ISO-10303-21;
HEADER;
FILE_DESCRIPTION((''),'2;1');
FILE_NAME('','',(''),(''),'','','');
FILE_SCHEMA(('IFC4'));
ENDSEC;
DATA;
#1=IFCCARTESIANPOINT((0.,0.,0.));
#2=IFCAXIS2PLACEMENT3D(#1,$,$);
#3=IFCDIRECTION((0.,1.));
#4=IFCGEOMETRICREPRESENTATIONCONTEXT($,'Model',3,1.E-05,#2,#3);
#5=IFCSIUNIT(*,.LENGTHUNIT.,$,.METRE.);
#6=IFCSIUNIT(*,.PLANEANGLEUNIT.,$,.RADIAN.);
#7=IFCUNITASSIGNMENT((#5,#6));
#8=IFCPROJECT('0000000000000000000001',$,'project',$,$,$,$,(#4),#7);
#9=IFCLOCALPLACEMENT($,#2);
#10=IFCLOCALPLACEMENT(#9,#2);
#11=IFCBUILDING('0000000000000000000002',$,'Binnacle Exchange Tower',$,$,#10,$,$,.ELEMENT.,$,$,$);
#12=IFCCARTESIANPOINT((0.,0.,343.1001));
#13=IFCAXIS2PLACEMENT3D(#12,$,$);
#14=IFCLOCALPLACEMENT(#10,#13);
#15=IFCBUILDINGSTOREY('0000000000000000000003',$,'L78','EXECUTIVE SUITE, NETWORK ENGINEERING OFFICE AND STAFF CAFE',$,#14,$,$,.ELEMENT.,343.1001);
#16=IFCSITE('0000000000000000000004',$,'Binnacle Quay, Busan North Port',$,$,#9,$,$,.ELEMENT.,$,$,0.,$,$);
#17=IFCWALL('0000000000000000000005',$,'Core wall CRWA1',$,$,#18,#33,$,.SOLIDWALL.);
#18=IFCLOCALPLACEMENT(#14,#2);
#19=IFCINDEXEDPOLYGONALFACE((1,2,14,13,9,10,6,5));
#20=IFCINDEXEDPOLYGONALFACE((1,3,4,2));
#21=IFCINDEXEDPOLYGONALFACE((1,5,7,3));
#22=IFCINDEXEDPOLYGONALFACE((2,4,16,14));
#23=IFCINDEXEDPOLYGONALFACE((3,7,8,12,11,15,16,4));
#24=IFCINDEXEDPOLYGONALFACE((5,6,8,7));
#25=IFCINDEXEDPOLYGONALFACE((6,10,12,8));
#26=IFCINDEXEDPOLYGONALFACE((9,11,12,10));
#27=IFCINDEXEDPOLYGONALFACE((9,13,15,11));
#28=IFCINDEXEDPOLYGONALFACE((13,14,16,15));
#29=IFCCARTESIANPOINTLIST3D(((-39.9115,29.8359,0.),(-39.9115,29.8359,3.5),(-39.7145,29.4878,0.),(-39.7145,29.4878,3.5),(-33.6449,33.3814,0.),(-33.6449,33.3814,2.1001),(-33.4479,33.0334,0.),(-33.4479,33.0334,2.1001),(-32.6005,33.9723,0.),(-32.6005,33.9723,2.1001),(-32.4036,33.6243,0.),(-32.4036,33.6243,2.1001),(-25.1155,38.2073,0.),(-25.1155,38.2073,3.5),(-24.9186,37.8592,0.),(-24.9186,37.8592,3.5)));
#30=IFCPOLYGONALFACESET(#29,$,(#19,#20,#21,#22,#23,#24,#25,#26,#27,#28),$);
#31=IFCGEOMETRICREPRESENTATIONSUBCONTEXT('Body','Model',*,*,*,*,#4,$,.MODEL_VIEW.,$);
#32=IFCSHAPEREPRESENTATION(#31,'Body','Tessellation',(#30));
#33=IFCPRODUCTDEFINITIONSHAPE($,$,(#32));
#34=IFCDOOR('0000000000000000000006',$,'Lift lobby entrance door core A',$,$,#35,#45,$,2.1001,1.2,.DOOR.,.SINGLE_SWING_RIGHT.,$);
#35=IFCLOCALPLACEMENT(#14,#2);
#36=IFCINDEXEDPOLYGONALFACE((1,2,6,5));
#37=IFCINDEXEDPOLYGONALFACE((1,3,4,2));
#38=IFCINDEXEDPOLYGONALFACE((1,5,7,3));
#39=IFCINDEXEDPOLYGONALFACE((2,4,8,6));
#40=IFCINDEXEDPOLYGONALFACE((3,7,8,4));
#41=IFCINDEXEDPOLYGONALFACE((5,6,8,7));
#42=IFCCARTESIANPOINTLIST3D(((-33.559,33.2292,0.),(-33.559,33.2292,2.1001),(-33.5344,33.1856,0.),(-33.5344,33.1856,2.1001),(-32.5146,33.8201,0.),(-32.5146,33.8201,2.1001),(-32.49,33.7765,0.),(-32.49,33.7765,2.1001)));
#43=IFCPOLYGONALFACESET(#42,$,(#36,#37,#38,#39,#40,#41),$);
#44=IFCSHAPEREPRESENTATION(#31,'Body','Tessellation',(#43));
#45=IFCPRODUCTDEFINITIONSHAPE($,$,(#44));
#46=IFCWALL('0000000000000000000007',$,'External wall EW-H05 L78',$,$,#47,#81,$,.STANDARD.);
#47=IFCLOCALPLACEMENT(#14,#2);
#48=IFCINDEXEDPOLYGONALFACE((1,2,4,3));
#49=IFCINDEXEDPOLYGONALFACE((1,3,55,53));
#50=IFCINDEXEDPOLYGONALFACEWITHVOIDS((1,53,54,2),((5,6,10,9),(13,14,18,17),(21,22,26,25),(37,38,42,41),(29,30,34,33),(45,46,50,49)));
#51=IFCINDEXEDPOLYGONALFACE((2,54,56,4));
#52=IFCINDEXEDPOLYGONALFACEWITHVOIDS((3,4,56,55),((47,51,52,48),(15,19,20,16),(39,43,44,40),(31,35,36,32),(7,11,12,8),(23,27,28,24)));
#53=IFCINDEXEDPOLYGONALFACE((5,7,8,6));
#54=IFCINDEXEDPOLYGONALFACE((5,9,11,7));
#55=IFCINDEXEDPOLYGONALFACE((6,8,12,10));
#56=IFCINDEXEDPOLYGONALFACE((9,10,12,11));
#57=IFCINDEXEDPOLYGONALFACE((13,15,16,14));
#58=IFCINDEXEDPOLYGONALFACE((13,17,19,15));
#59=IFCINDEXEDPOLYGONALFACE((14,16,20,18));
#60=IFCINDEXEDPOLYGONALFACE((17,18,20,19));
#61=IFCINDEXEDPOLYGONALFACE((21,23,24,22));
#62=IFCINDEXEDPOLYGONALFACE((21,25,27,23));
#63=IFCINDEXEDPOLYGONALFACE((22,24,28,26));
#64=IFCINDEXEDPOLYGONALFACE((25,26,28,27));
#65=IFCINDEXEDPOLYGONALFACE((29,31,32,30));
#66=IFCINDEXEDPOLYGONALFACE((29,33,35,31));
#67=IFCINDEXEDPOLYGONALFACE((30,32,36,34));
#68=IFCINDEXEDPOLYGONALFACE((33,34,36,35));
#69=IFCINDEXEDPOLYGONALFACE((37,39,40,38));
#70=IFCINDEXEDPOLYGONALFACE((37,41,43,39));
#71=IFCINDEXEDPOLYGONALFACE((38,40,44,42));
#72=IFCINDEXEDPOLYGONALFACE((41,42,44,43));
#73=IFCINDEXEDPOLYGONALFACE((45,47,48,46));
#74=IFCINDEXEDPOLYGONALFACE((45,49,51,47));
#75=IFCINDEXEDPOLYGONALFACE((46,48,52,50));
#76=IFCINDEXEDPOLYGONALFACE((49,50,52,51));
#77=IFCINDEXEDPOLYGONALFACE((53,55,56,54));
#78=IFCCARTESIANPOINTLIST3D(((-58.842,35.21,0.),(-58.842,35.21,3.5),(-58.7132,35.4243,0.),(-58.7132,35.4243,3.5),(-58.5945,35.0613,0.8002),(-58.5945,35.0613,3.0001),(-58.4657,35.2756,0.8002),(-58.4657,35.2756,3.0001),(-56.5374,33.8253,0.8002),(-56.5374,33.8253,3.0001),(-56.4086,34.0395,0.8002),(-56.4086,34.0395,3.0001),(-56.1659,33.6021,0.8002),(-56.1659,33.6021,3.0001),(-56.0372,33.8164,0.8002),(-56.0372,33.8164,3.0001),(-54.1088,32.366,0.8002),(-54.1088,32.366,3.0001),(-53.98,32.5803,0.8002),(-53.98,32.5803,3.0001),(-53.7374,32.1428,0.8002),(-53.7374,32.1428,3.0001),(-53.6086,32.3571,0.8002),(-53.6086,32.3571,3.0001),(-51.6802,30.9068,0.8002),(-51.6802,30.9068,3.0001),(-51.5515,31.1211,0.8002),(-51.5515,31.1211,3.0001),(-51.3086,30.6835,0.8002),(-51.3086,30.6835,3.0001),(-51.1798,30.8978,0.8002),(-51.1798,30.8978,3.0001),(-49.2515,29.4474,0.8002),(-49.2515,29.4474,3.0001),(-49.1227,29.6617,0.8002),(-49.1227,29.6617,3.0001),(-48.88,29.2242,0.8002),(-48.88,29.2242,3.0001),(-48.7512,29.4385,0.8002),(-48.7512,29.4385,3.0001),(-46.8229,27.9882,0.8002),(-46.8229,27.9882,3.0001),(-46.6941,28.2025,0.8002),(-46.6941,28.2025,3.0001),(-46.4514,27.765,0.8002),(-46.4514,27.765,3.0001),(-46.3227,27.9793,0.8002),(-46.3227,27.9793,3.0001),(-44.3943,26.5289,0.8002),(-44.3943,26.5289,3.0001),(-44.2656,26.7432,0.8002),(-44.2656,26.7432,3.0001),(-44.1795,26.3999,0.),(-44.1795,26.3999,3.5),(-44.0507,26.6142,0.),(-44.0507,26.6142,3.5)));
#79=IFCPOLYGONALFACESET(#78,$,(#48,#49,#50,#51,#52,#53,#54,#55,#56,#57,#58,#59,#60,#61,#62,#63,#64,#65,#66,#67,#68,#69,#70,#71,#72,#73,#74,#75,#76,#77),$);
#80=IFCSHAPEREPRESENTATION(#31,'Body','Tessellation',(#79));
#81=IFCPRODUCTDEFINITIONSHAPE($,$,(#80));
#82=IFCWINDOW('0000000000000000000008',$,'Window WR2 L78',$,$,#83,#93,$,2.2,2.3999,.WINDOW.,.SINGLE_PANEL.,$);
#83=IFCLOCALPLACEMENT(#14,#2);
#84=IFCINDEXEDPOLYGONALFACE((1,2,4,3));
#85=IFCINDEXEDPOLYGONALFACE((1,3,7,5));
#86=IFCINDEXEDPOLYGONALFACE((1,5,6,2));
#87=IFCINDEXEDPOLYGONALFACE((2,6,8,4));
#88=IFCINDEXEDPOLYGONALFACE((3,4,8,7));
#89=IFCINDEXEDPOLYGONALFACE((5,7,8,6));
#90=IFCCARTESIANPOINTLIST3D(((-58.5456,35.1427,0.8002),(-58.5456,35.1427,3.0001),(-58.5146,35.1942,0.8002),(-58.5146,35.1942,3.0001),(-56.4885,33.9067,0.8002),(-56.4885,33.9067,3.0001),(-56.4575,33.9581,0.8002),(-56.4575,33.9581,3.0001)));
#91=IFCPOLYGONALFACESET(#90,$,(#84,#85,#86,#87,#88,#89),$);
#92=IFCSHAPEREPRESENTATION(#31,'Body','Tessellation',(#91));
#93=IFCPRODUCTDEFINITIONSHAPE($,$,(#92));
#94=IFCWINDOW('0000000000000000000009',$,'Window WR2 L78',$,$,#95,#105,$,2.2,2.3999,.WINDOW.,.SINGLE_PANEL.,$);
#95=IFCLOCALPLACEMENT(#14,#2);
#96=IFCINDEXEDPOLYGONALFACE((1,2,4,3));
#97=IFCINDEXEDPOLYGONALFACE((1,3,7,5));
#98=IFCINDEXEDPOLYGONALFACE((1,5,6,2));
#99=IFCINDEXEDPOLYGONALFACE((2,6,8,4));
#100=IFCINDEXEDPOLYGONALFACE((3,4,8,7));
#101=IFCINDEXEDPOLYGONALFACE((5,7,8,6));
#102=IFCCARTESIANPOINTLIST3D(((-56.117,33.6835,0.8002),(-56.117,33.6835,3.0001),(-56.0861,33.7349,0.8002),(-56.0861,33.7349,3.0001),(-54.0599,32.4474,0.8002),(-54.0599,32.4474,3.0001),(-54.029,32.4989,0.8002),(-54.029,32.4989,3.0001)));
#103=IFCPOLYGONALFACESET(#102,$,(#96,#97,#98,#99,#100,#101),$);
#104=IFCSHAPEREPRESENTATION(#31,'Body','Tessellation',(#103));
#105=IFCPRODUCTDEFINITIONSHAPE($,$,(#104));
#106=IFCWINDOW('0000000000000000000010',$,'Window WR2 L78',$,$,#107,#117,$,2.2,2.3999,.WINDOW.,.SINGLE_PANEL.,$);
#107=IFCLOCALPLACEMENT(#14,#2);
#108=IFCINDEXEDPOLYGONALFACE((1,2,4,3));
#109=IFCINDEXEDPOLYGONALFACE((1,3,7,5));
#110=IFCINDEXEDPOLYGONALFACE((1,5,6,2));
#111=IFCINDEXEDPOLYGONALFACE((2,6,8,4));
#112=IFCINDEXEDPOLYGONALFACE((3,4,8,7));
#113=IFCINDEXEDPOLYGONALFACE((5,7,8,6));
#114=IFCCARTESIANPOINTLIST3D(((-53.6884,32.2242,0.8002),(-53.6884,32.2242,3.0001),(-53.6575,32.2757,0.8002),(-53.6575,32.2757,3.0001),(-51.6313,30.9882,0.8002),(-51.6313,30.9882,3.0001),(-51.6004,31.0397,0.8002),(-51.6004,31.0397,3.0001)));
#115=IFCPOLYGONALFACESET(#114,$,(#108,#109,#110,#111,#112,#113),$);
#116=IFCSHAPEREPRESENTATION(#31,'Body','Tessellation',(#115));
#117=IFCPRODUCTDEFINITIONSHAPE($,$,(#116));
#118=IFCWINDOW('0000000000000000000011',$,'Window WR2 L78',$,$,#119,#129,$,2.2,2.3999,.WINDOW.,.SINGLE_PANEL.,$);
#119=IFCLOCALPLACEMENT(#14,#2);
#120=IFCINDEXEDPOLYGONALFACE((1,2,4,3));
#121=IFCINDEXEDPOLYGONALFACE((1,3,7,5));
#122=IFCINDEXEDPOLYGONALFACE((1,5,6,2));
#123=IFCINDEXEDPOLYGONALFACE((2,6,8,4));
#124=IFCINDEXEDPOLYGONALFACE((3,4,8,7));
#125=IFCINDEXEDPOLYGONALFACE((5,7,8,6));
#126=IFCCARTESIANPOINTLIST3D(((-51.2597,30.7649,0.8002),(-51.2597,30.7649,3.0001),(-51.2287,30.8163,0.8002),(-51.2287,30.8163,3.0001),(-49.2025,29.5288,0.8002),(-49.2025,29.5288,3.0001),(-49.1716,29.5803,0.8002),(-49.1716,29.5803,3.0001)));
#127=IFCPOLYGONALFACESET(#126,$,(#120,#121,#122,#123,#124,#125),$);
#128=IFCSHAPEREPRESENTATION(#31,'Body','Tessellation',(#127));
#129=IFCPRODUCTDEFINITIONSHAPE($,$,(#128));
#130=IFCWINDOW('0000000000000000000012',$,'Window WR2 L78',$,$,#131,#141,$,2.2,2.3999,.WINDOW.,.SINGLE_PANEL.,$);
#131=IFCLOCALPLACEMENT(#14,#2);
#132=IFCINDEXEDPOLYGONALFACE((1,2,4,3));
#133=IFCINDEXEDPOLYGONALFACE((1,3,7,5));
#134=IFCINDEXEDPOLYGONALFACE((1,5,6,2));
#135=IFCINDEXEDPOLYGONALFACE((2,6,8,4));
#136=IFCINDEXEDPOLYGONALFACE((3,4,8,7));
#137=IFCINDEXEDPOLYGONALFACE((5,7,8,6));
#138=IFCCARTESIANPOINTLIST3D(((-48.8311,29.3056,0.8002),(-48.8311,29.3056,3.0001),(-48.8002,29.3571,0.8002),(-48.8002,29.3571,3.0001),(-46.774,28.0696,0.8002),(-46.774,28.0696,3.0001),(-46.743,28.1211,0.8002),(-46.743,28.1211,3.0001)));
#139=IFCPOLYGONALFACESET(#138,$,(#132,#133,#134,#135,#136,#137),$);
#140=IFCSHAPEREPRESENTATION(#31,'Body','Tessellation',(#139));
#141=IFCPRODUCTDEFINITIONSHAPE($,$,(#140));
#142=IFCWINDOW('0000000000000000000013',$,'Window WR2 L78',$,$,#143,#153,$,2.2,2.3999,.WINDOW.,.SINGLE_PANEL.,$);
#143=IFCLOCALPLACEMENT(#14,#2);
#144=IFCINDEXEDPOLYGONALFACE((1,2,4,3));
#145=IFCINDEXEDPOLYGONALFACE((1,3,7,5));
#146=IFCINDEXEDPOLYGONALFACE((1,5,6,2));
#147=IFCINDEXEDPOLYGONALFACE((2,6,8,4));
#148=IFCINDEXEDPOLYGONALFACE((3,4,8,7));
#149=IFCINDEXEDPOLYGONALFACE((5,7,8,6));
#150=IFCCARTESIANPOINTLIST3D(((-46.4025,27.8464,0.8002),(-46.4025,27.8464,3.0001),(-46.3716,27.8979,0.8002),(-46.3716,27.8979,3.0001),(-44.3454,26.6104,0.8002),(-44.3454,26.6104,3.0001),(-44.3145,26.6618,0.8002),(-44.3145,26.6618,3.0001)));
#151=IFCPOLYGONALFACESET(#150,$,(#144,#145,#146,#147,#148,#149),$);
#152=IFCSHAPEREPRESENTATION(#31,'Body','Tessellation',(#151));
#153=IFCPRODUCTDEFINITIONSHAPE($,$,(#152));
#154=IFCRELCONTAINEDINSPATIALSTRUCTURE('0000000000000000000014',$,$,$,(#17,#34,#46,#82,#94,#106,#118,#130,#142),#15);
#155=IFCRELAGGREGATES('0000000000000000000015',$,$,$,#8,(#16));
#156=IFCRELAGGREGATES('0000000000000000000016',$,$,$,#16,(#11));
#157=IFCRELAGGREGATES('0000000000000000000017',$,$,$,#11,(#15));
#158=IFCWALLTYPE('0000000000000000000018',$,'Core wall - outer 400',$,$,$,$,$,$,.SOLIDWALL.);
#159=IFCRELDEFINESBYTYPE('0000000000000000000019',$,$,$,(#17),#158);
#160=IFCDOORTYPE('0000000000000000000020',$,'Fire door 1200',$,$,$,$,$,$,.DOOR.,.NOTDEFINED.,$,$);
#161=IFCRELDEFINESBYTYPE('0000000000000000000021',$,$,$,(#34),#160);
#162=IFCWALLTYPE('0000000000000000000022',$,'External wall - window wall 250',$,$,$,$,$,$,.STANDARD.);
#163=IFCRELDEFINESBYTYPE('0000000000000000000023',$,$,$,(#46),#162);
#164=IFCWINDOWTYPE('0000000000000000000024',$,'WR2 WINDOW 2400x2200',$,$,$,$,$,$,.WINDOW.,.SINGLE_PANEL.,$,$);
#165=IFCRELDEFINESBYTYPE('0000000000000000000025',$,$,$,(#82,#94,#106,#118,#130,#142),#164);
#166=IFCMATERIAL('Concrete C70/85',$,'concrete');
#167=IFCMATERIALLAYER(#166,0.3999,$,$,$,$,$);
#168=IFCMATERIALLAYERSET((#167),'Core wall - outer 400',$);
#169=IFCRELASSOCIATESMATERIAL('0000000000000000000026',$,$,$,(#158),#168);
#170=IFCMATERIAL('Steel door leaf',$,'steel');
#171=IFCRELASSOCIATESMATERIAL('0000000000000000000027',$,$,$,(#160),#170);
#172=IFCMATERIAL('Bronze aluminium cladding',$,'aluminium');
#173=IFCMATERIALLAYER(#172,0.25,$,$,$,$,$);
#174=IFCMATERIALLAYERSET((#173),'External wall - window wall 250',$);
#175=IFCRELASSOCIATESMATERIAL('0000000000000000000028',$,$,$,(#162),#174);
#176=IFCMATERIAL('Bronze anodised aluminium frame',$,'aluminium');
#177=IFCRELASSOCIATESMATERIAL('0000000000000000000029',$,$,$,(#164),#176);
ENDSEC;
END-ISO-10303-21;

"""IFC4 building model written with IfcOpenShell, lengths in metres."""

from ifc_helpers import new_model, si_unit, direction, frame, frame_2d, origin, place, context, subcontext, project, spatial, rectangle, extrude, material, layer, layer_set, type_object, element, fill, save


model = new_model("IFC4")

# Units and contexts
model_context = context("Model", 3, precision=1e-05, world=origin(), true_north=direction((0.0, 1.0)))
body_context = subcontext(model_context, "Body", "Model", "MODEL_VIEW")
ifc_project = project(units=[si_unit("LENGTHUNIT", "METRE"), si_unit("PLANEANGLEUNIT", "RADIAN")], contexts=[model_context])

# Site, building, storey
site_placement = place(None, origin())
site = spatial("IfcSite", under=ifc_project, at=site_placement, Name="Binnacle Quay, Busan North Port", CompositionType="ELEMENT", RefElevation=0.0)
building_placement = place(site_placement, origin())
building = spatial("IfcBuilding", under=site, at=building_placement, Name="Binnacle Exchange Tower", CompositionType="ELEMENT")
storey_placement = place(building_placement, frame((0.0, 0.0, 343.1001)))
storey = spatial("IfcBuildingStorey", under=building, at=storey_placement, Name="L78", Description="EXECUTIVE SUITE, NETWORK ENGINEERING OFFICE AND STAFF CAFE", CompositionType="ELEMENT", Elevation=343.1001)

# Shared definitions
ifc_material_1 = material(Name="Concrete C70/85", Category="concrete")
ifc_material_2 = material(Name="Steel door leaf", Category="steel")

# Wall, opening, door
ifc_layer_1 = layer(ifc_material_1, 0.3999)
ifc_layer_set_1 = layer_set([ifc_layer_1], Name="Core wall - outer 400")
wall_type_1 = type_object("IfcWallType", Name="Core wall - outer 400", PredefinedType="SOLIDWALL", material=ifc_layer_set_1)
wall_1_placement = place(storey_placement, frame((-39.813, 29.6619, 0.0), z_axis=(0.0, 0.0, 1.0), x_axis=(0.87035, 0.492433, 0.0)))
wall_1 = element("IfcWall", 1, at=wall_1_placement, inside=storey, type_object=wall_type_1, Name="Core wall CRWA1", PredefinedType="SOLIDWALL", context=body_context, shape_type="SweptSolid", body=[
    extrude(rectangle(XDim=17.0, YDim=0.3999, at=frame_2d((8.5, 0.0))), origin(), (0.0, 0.0, 1.0), 3.5),
])
opening_1_placement = place(wall_1_placement, frame((7.2, 0.0, 0.0)))
opening_1 = element("IfcOpeningElement", 2, at=opening_1_placement, cuts=wall_1, PredefinedType="OPENING", context=body_context, shape_type="SweptSolid", body=[
    extrude(rectangle(XDim=1.2, YDim=2.1001, at=frame_2d((0.6001, 1.05))), frame((0.0, 0.21, 0.0), z_axis=(0.0, -1.0, 0.0), x_axis=(1.0, 0.0, 0.0)), (0.0, 0.0, 1.0), 0.4199),
])
door_type_1 = type_object("IfcDoorType", Name="Fire door 1200", OperationType="NOTDEFINED", PredefinedType="DOOR", material=ifc_material_2)
door_1_placement = place(opening_1_placement, frame((1.2, 0.0, 0.0), z_axis=(0.0, 0.0, 1.0), x_axis=(-1.0, 0.0, 0.0)))
door_1 = element("IfcDoor", 3, at=door_1_placement, inside=storey, type_object=door_type_1, Name="Lift lobby entrance door core A", OperationType="SINGLE_SWING_RIGHT", OverallHeight=2.1001, OverallWidth=1.2, PredefinedType="DOOR", context=body_context, shape_type="SweptSolid", body=[
    extrude(rectangle(XDim=1.2, YDim=2.1001, at=frame_2d((0.6001, 1.05))), frame((0.0, 0.0249, 0.0), z_axis=(0.0, -1.0, 0.0), x_axis=(1.0, 0.0, 0.0)), (0.0, 0.0, 1.0), 0.05),
])
fill(opening_1, door_1)

# Wall, openings, windows
ifc_material_3 = material(Name="Bronze aluminium cladding", Category="aluminium")
ifc_layer_2 = layer(ifc_material_3, 0.25)
ifc_layer_set_2 = layer_set([ifc_layer_2], Name="External wall - window wall 250")
wall_type_2 = type_object("IfcWallType", Name="External wall - window wall 250", PredefinedType="STANDARD", material=ifc_layer_set_2)
wall_2_placement = place(storey_placement, frame((-44.1152, 26.5071, 0.0), z_axis=(0.0, 0.0, 1.0), x_axis=(-0.857167, 0.515039, 0.0)))
wall_2 = element("IfcWall", 4, at=wall_2_placement, inside=storey, type_object=wall_type_2, Name="External wall EW-H05 L78", PredefinedType="STANDARD", context=body_context, shape_type="SweptSolid", body=[
    extrude(rectangle(XDim=17.1057, YDim=0.25, at=frame_2d((8.5527, 0.0))), origin(), (0.0, 0.0, 1.0), 3.5),
])
opening_2_placement = place(wall_2_placement, frame((14.417, 0.0, 0.8)))
opening_2 = element("IfcOpeningElement", 5, at=opening_2_placement, cuts=wall_2, PredefinedType="OPENING", context=body_context, shape_type="SweptSolid", body=[
    extrude(rectangle(XDim=2.3999, YDim=2.2, at=frame_2d((1.2, 1.1001))), frame((0.0, 0.135, 0.0), z_axis=(0.0, -1.0, 0.0), x_axis=(1.0, 0.0, 0.0)), (0.0, 0.0, 1.0), 0.27),
])
opening_3_placement = place(wall_2_placement, frame((11.5837, 0.0, 0.8)))
opening_3 = element("IfcOpeningElement", 6, at=opening_3_placement, cuts=wall_2, PredefinedType="OPENING", context=body_context, shape_type="SweptSolid", body=[
    extrude(rectangle(XDim=2.3999, YDim=2.2, at=frame_2d((1.2, 1.1001))), frame((0.0, 0.135, 0.0), z_axis=(0.0, -1.0, 0.0), x_axis=(1.0, 0.0, 0.0)), (0.0, 0.0, 1.0), 0.27),
])
opening_4_placement = place(wall_2_placement, frame((8.7505, 0.0, 0.8)))
opening_4 = element("IfcOpeningElement", 7, at=opening_4_placement, cuts=wall_2, PredefinedType="OPENING", context=body_context, shape_type="SweptSolid", body=[
    extrude(rectangle(XDim=2.3999, YDim=2.2, at=frame_2d((1.2, 1.1001))), frame((0.0, 0.135, 0.0), z_axis=(0.0, -1.0, 0.0), x_axis=(1.0, 0.0, 0.0)), (0.0, 0.0, 1.0), 0.27),
])
opening_5_placement = place(wall_2_placement, frame((5.917, 0.0, 0.8)))
opening_5 = element("IfcOpeningElement", 8, at=opening_5_placement, cuts=wall_2, PredefinedType="OPENING", context=body_context, shape_type="SweptSolid", body=[
    extrude(rectangle(XDim=2.3999, YDim=2.2, at=frame_2d((1.2, 1.1001))), frame((0.0, 0.135, 0.0), z_axis=(0.0, -1.0, 0.0), x_axis=(1.0, 0.0, 0.0)), (0.0, 0.0, 1.0), 0.27),
])
opening_6_placement = place(wall_2_placement, frame((3.0837, 0.0, 0.8)))
opening_6 = element("IfcOpeningElement", 9, at=opening_6_placement, cuts=wall_2, PredefinedType="OPENING", context=body_context, shape_type="SweptSolid", body=[
    extrude(rectangle(XDim=2.3999, YDim=2.2, at=frame_2d((1.2, 1.1001))), frame((0.0, 0.135, 0.0), z_axis=(0.0, -1.0, 0.0), x_axis=(1.0, 0.0, 0.0)), (0.0, 0.0, 1.0), 0.27),
])
opening_7_placement = place(wall_2_placement, frame((0.2505, 0.0, 0.8)))
opening_7 = element("IfcOpeningElement", 10, at=opening_7_placement, cuts=wall_2, PredefinedType="OPENING", context=body_context, shape_type="SweptSolid", body=[
    extrude(rectangle(XDim=2.3999, YDim=2.2, at=frame_2d((1.2, 1.1001))), frame((0.0, 0.135, 0.0), z_axis=(0.0, -1.0, 0.0), x_axis=(1.0, 0.0, 0.0)), (0.0, 0.0, 1.0), 0.27),
])
ifc_material_4 = material(Name="Bronze anodised aluminium frame", Category="aluminium")
window_type = type_object("IfcWindowType", Name="WR2 WINDOW 2400x2200", PartitioningType="SINGLE_PANEL", PredefinedType="WINDOW", material=ifc_material_4)
window_1_placement = place(opening_2_placement, origin())
window_1 = element("IfcWindow", 11, at=window_1_placement, inside=storey, type_object=window_type, Name="Window WR2 L78", OverallHeight=2.2, OverallWidth=2.3999, PartitioningType="SINGLE_PANEL", PredefinedType="WINDOW", context=body_context, shape_type="SweptSolid", body=[
    extrude(rectangle(XDim=2.3999, YDim=2.2, at=frame_2d((1.2, 1.1001))), frame((0.0, 0.03, 0.0), z_axis=(0.0, -1.0, 0.0), x_axis=(1.0, 0.0, 0.0)), (0.0, 0.0, 1.0), 0.0601),
])
fill(opening_2, window_1)
window_2_placement = place(opening_3_placement, origin())
window_2 = element("IfcWindow", 12, at=window_2_placement, inside=storey, type_object=window_type, Name="Window WR2 L78", OverallHeight=2.2, OverallWidth=2.3999, PartitioningType="SINGLE_PANEL", PredefinedType="WINDOW", context=body_context, shape_type="SweptSolid", body=[
    extrude(rectangle(XDim=2.3999, YDim=2.2, at=frame_2d((1.2, 1.1001))), frame((0.0, 0.03, 0.0), z_axis=(0.0, -1.0, 0.0), x_axis=(1.0, 0.0, 0.0)), (0.0, 0.0, 1.0), 0.0601),
])
fill(opening_3, window_2)
window_3_placement = place(opening_4_placement, origin())
window_3 = element("IfcWindow", 13, at=window_3_placement, inside=storey, type_object=window_type, Name="Window WR2 L78", OverallHeight=2.2, OverallWidth=2.3999, PartitioningType="SINGLE_PANEL", PredefinedType="WINDOW", context=body_context, shape_type="SweptSolid", body=[
    extrude(rectangle(XDim=2.3999, YDim=2.2, at=frame_2d((1.2, 1.1001))), frame((0.0, 0.03, 0.0), z_axis=(0.0, -1.0, 0.0), x_axis=(1.0, 0.0, 0.0)), (0.0, 0.0, 1.0), 0.0601),
])
fill(opening_4, window_3)
window_4_placement = place(opening_5_placement, origin())
window_4 = element("IfcWindow", 14, at=window_4_placement, inside=storey, type_object=window_type, Name="Window WR2 L78", OverallHeight=2.2, OverallWidth=2.3999, PartitioningType="SINGLE_PANEL", PredefinedType="WINDOW", context=body_context, shape_type="SweptSolid", body=[
    extrude(rectangle(XDim=2.3999, YDim=2.2, at=frame_2d((1.2, 1.1001))), frame((0.0, 0.03, 0.0), z_axis=(0.0, -1.0, 0.0), x_axis=(1.0, 0.0, 0.0)), (0.0, 0.0, 1.0), 0.0601),
])
fill(opening_5, window_4)
window_5_placement = place(opening_6_placement, origin())
window_5 = element("IfcWindow", 15, at=window_5_placement, inside=storey, type_object=window_type, Name="Window WR2 L78", OverallHeight=2.2, OverallWidth=2.3999, PartitioningType="SINGLE_PANEL", PredefinedType="WINDOW", context=body_context, shape_type="SweptSolid", body=[
    extrude(rectangle(XDim=2.3999, YDim=2.2, at=frame_2d((1.2, 1.1001))), frame((0.0, 0.03, 0.0), z_axis=(0.0, -1.0, 0.0), x_axis=(1.0, 0.0, 0.0)), (0.0, 0.0, 1.0), 0.0601),
])
fill(opening_6, window_5)
window_6_placement = place(opening_7_placement, origin())
window_6 = element("IfcWindow", 16, at=window_6_placement, inside=storey, type_object=window_type, Name="Window WR2 L78", OverallHeight=2.2, OverallWidth=2.3999, PartitioningType="SINGLE_PANEL", PredefinedType="WINDOW", context=body_context, shape_type="SweptSolid", body=[
    extrude(rectangle(XDim=2.3999, YDim=2.2, at=frame_2d((1.2, 1.1001))), frame((0.0, 0.03, 0.0), z_axis=(0.0, -1.0, 0.0), x_axis=(1.0, 0.0, 0.0)), (0.0, 0.0, 1.0), 0.0601),
])
fill(opening_7, window_6)

save(model, "model.ifc")
